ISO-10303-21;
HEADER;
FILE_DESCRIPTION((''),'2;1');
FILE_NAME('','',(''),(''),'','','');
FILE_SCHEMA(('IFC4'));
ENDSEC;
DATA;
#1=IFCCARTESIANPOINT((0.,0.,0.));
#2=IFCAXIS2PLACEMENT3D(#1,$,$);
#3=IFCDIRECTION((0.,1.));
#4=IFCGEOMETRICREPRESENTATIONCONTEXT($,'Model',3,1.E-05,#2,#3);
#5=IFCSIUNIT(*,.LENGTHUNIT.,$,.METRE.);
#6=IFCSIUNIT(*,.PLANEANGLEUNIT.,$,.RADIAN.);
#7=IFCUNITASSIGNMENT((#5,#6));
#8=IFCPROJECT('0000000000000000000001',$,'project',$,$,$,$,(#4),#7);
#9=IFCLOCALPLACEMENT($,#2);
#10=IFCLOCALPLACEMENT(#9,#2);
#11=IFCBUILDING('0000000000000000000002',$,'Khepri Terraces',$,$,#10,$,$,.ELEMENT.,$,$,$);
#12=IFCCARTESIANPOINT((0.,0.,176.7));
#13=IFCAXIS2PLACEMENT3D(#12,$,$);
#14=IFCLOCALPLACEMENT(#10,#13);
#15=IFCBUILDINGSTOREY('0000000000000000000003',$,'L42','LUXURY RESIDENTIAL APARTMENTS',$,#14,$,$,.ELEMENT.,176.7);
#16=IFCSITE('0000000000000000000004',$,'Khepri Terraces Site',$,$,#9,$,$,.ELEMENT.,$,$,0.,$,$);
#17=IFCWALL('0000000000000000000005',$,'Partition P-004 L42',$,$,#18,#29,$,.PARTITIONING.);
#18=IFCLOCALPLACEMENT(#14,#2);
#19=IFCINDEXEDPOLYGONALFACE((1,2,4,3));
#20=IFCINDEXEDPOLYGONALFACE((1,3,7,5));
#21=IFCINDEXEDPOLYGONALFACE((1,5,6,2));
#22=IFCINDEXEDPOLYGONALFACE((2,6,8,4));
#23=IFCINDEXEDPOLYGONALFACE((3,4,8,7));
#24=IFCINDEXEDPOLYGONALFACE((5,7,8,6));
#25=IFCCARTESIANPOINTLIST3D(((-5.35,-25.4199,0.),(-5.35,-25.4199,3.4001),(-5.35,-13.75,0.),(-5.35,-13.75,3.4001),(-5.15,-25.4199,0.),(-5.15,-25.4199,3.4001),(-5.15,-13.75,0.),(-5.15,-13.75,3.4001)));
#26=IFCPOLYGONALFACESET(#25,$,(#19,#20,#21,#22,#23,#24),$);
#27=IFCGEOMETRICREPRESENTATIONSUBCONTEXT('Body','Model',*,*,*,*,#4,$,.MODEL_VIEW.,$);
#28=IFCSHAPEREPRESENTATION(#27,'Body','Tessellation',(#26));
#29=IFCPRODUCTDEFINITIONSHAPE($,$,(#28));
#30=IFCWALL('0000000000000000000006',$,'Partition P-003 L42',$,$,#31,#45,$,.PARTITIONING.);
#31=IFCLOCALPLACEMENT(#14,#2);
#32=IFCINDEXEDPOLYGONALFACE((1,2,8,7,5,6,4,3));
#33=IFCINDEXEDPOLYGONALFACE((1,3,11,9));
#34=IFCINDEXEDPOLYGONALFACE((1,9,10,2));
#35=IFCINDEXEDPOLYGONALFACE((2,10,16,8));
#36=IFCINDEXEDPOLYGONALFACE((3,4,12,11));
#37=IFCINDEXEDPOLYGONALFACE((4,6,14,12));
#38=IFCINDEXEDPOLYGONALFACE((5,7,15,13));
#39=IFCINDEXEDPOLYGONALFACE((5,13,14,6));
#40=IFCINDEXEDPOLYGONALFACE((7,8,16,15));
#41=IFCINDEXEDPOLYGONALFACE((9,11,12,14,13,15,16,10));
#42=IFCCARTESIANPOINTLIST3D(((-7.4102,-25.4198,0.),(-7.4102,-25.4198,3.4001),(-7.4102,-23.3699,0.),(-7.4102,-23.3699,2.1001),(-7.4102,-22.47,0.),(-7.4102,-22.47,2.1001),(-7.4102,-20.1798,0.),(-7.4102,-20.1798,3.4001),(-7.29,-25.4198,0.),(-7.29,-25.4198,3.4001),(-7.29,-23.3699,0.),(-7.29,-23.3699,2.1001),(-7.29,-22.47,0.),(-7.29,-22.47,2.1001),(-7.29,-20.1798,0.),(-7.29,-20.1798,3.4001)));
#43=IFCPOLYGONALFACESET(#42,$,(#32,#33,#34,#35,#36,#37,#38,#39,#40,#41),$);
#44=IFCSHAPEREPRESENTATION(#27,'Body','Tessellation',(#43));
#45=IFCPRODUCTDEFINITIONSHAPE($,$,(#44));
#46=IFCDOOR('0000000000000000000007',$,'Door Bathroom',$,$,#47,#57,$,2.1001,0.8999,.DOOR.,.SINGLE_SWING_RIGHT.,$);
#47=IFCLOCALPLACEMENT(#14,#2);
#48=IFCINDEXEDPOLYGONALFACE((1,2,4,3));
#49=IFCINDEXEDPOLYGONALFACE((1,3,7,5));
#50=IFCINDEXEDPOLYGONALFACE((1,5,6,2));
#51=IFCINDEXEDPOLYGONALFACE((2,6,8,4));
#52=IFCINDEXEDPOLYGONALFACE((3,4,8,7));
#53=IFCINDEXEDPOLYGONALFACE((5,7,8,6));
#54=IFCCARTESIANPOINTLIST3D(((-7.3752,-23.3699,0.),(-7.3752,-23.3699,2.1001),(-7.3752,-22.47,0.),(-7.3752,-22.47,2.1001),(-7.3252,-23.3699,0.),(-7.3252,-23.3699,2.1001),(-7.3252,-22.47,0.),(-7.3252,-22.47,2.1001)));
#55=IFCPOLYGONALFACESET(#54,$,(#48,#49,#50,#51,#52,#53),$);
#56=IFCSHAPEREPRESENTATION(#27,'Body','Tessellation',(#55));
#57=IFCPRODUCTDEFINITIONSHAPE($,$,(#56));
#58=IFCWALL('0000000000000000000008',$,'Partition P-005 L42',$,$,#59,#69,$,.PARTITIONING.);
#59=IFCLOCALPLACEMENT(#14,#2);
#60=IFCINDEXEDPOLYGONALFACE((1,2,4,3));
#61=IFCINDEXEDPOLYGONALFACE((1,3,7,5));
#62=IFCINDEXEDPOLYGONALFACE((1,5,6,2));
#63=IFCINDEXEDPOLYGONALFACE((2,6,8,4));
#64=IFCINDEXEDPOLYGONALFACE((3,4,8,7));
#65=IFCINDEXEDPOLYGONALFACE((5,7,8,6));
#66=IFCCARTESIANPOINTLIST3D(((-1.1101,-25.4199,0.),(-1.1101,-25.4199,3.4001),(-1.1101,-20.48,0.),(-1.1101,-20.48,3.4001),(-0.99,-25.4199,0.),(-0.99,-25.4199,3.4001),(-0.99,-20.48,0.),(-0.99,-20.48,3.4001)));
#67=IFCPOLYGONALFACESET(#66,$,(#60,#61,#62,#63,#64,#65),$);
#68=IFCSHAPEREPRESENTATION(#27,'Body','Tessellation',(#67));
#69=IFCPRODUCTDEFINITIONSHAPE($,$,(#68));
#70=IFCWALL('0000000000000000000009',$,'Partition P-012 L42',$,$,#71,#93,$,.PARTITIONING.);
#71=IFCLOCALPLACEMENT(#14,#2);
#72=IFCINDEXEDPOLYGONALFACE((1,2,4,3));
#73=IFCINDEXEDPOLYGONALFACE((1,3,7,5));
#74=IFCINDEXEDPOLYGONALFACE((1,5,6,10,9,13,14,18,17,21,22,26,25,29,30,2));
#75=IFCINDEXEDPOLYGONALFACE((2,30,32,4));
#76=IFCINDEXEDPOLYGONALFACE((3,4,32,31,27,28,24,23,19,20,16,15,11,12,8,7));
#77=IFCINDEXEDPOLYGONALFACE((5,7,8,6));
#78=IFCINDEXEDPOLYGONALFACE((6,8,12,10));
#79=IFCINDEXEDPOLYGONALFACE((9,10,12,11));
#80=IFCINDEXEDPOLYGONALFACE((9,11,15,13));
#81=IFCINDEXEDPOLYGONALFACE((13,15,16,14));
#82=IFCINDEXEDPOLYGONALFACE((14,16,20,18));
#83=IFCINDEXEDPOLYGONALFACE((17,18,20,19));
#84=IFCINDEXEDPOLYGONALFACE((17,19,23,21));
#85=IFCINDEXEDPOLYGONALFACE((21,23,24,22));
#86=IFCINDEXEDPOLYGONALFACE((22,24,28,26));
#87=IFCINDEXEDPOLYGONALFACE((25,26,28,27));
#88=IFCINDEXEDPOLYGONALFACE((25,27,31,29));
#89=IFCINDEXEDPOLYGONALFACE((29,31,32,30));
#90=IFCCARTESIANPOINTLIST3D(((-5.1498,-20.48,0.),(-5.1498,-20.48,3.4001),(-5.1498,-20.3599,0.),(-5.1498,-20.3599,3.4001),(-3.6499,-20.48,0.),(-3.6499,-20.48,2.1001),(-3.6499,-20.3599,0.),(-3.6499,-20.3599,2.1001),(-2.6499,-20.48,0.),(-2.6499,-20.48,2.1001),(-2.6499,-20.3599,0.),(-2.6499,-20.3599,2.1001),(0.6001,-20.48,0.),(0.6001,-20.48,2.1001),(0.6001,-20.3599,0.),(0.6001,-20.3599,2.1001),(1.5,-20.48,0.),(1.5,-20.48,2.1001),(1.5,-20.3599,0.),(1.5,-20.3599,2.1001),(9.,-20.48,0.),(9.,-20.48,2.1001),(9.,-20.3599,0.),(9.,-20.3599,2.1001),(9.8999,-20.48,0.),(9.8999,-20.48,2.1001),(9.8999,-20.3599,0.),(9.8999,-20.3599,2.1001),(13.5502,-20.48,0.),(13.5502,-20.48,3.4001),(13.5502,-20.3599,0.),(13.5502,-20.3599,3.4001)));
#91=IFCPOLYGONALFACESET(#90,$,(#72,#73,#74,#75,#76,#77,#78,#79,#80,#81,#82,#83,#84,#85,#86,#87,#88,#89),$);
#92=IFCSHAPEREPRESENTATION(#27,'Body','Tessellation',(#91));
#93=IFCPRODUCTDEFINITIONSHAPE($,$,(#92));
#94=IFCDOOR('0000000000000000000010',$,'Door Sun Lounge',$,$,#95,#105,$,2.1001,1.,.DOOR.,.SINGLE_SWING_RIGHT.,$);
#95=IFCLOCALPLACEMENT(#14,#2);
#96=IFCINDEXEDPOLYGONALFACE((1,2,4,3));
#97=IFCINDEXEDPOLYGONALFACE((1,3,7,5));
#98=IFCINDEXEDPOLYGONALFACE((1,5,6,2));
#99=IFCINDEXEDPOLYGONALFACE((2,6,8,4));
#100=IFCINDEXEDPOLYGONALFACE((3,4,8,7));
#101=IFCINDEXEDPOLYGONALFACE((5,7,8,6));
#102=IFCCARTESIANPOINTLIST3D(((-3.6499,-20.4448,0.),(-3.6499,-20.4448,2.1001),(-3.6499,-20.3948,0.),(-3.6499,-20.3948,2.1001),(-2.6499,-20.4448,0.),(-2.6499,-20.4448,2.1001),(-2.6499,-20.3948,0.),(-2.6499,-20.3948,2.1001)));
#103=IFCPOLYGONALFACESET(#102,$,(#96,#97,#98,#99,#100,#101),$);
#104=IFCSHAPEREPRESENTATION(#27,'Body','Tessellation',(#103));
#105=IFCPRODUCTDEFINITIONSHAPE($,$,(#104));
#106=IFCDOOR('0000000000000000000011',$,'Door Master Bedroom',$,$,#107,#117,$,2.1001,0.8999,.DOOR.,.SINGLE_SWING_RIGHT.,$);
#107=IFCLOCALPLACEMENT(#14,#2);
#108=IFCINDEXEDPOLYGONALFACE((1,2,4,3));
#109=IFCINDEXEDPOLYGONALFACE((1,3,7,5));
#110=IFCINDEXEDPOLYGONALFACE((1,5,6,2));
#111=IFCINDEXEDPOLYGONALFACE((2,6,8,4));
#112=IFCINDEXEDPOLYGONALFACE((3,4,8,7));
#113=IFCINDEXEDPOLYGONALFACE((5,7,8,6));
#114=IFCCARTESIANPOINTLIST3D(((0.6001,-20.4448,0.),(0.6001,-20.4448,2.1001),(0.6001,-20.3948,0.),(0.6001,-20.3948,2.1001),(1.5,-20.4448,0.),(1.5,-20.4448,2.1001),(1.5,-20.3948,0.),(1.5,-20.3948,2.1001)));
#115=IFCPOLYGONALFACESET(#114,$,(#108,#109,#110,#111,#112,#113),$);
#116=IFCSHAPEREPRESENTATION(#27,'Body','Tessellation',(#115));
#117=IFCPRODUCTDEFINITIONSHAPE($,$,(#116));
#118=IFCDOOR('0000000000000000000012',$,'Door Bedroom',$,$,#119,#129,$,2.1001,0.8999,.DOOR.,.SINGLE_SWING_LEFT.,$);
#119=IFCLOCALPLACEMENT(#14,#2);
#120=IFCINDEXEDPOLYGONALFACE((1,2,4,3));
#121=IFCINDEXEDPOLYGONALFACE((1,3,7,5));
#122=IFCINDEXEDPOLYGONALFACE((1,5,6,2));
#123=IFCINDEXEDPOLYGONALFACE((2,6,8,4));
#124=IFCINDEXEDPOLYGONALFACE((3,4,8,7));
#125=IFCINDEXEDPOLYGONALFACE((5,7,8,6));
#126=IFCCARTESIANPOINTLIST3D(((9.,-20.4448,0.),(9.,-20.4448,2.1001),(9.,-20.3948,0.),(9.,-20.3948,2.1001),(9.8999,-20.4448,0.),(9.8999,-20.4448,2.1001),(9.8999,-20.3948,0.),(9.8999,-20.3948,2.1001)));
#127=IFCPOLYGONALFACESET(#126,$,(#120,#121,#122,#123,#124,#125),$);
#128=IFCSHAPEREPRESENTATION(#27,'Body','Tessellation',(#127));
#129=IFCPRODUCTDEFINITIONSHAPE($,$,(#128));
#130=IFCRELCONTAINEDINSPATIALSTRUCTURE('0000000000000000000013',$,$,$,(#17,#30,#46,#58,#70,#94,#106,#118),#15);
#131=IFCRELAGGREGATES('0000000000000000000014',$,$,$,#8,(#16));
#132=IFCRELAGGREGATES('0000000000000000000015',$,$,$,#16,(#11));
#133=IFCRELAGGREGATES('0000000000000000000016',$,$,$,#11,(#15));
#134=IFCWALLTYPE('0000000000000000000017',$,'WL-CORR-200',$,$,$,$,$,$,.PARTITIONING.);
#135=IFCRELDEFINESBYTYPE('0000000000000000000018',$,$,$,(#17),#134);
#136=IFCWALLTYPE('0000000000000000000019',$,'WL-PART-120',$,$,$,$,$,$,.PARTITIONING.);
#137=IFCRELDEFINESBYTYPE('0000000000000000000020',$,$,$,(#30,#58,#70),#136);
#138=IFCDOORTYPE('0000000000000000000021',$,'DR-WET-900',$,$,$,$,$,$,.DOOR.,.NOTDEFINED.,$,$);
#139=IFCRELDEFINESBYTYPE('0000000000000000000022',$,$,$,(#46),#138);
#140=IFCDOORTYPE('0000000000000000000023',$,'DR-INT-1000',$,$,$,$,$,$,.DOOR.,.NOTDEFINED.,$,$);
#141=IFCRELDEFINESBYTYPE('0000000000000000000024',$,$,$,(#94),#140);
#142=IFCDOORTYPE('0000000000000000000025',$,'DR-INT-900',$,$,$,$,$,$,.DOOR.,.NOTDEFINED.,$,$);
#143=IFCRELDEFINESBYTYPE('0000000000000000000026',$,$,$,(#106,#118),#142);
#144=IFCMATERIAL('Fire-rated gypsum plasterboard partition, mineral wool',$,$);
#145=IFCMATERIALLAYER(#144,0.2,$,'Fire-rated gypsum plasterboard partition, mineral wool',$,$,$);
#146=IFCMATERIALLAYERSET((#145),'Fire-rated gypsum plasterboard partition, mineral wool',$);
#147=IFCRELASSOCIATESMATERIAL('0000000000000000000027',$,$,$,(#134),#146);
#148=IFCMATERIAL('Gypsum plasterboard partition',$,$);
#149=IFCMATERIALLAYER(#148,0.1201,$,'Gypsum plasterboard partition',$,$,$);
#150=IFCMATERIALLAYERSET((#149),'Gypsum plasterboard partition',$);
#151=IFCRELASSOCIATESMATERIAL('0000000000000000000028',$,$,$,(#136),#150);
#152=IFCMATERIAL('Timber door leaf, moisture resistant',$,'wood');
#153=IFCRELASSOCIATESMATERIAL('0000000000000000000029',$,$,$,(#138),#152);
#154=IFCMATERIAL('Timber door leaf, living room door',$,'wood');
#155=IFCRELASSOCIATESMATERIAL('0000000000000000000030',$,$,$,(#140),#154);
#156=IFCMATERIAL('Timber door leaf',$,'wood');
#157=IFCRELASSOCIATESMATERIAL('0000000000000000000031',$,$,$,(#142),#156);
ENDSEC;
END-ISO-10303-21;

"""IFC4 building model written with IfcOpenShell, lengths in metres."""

from ifc_helpers import new_model, si_unit, direction, frame, frame_2d, origin, place, context, subcontext, project, spatial, rectangle, extrude, material, layer, layer_set, type_object, element, fill, save


model = new_model("IFC4")

# Units and contexts
model_context = context("Model", 3, precision=1e-05, world=origin(), true_north=direction((0.0, 1.0)))
body_context = subcontext(model_context, "Body", "Model", "MODEL_VIEW")
ifc_project = project(units=[si_unit("LENGTHUNIT", "METRE"), si_unit("PLANEANGLEUNIT", "RADIAN")], contexts=[model_context])

# Site, building, storey
site_placement = place(None, origin())
site = spatial("IfcSite", under=ifc_project, at=site_placement, Name="Khepri Terraces Site", CompositionType="ELEMENT", RefElevation=0.0)
building_placement = place(site_placement, origin())
building = spatial("IfcBuilding", under=site, at=building_placement, Name="Khepri Terraces", CompositionType="ELEMENT")
storey_placement = place(building_placement, frame((0.0, 0.0, 176.7)))
storey = spatial("IfcBuildingStorey", under=building, at=storey_placement, Name="L42", Description="LUXURY RESIDENTIAL APARTMENTS", CompositionType="ELEMENT", Elevation=176.7)

# Wall
ifc_material_1 = material(Name="Fire-rated gypsum plasterboard partition, mineral wool")
ifc_layer_1 = layer(ifc_material_1, 0.2, Name="Fire-rated gypsum plasterboard partition, mineral wool")
ifc_layer_set_1 = layer_set([ifc_layer_1], Name="Fire-rated gypsum plasterboard partition, mineral wool")
wall_type_1 = type_object("IfcWallType", Name="WL-CORR-200", PredefinedType="PARTITIONING", material=ifc_layer_set_1)
wall_1_placement = place(storey_placement, frame((-5.25, -25.4199, 0.0), z_axis=(0.0, 0.0, 1.0), x_axis=(0.0, 1.0, 0.0)))
element("IfcWall", 1, at=wall_1_placement, inside=storey, type_object=wall_type_1, Name="Partition P-004 L42", PredefinedType="PARTITIONING", context=body_context, shape_type="SweptSolid", body=[
    extrude(rectangle(XDim=11.6699, YDim=0.2, at=frame_2d((5.835, 0.0))), origin(), (0.0, 0.0, 1.0), 3.4001),
])

# Wall, opening, door
ifc_material_2 = material(Name="Gypsum plasterboard partition")
ifc_layer_2 = layer(ifc_material_2, 0.1201, Name="Gypsum plasterboard partition")
ifc_layer_set_2 = layer_set([ifc_layer_2], Name="Gypsum plasterboard partition")
wall_type_2 = type_object("IfcWallType", Name="WL-PART-120", PredefinedType="PARTITIONING", material=ifc_layer_set_2)
wall_2_placement = place(storey_placement, frame((-7.3501, -25.4199, 0.0), z_axis=(0.0, 0.0, 1.0), x_axis=(0.0, 1.0, 0.0)))
wall_2 = element("IfcWall", 2, at=wall_2_placement, inside=storey, type_object=wall_type_2, Name="Partition P-003 L42", PredefinedType="PARTITIONING", context=body_context, shape_type="SweptSolid", body=[
    extrude(rectangle(XDim=5.24, YDim=0.1201, at=frame_2d((2.6201, 0.0))), origin(), (0.0, 0.0, 1.0), 3.4001),
])
opening_1_placement = place(wall_2_placement, frame((2.05, 0.0, 0.0)))
opening_1 = element("IfcOpeningElement", 3, at=opening_1_placement, cuts=wall_2, PredefinedType="OPENING", context=body_context, shape_type="SweptSolid", body=[
    extrude(rectangle(XDim=0.8999, YDim=2.1001, at=frame_2d((0.45, 1.05))), frame((0.0, 0.0701, 0.0), z_axis=(0.0, -1.0, 0.0), x_axis=(1.0, 0.0, 0.0)), (0.0, 0.0, 1.0), 0.1401),
])
ifc_material_3 = material(Name="Timber door leaf, moisture resistant", Category="wood")
door_type_1 = type_object("IfcDoorType", Name="DR-WET-900", OperationType="NOTDEFINED", PredefinedType="DOOR", material=ifc_material_3)
door_1_placement = place(opening_1_placement, frame((0.8999, 0.0, 0.0), z_axis=(0.0, 0.0, 1.0), x_axis=(-1.0, 0.0, 0.0)))
door_1 = element("IfcDoor", 4, at=door_1_placement, inside=storey, type_object=door_type_1, Name="Door Bathroom", OperationType="SINGLE_SWING_RIGHT", OverallHeight=2.1001, OverallWidth=0.8999, PredefinedType="DOOR", context=body_context, shape_type="SweptSolid", body=[
    extrude(rectangle(XDim=0.8999, YDim=2.1001, at=frame_2d((0.45, 1.05))), frame((0.0, 0.0249, 0.0), z_axis=(0.0, -1.0, 0.0), x_axis=(1.0, 0.0, 0.0)), (0.0, 0.0, 1.0), 0.05),
])
fill(opening_1, door_1)

# Wall
wall_3_placement = place(storey_placement, frame((-1.05, -25.4199, 0.0), z_axis=(0.0, 0.0, 1.0), x_axis=(0.0, 1.0, 0.0)))
element("IfcWall", 5, at=wall_3_placement, inside=storey, type_object=wall_type_2, Name="Partition P-005 L42", PredefinedType="PARTITIONING", context=body_context, shape_type="SweptSolid", body=[
    extrude(rectangle(XDim=4.9399, YDim=0.1201, at=frame_2d((2.47, 0.0))), origin(), (0.0, 0.0, 1.0), 3.4001),
])

# Wall, openings, doors
wall_4_placement = place(storey_placement, frame((-5.1499, -20.4199, 0.0), z_axis=(0.0, 0.0, 1.0), x_axis=(1.0, 0.0, 0.0)))
wall_4 = element("IfcWall", 6, at=wall_4_placement, inside=storey, type_object=wall_type_2, Name="Partition P-012 L42", PredefinedType="PARTITIONING", context=body_context, shape_type="SweptSolid", body=[
    extrude(rectangle(XDim=18.7, YDim=0.1201, at=frame_2d((9.3501, 0.0))), origin(), (0.0, 0.0, 1.0), 3.4001),
])
opening_2_placement = place(wall_4_placement, frame((1.5, 0.0, 0.0)))
opening_2 = element("IfcOpeningElement", 7, at=opening_2_placement, cuts=wall_4, PredefinedType="OPENING", context=body_context, shape_type="SweptSolid", body=[
    extrude(rectangle(XDim=1.0, YDim=2.1001, at=frame_2d((0.5, 1.05))), frame((0.0, 0.0701, 0.0), z_axis=(0.0, -1.0, 0.0), x_axis=(1.0, 0.0, 0.0)), (0.0, 0.0, 1.0), 0.1401),
])
opening_3_placement = place(wall_4_placement, frame((5.75, 0.0, 0.0)))
opening_3 = element("IfcOpeningElement", 8, at=opening_3_placement, cuts=wall_4, PredefinedType="OPENING", context=body_context, shape_type="SweptSolid", body=[
    extrude(rectangle(XDim=0.8999, YDim=2.1001, at=frame_2d((0.45, 1.05))), frame((0.0, 0.0701, 0.0), z_axis=(0.0, -1.0, 0.0), x_axis=(1.0, 0.0, 0.0)), (0.0, 0.0, 1.0), 0.1401),
])
opening_4_placement = place(wall_4_placement, frame((14.1499, 0.0, 0.0)))
opening_4 = element("IfcOpeningElement", 9, at=opening_4_placement, cuts=wall_4, PredefinedType="OPENING", context=body_context, shape_type="SweptSolid", body=[
    extrude(rectangle(XDim=0.8999, YDim=2.1001, at=frame_2d((0.45, 1.05))), frame((0.0, 0.0701, 0.0), z_axis=(0.0, -1.0, 0.0), x_axis=(1.0, 0.0, 0.0)), (0.0, 0.0, 1.0), 0.1401),
])
ifc_material_4 = material(Name="Timber door leaf, living room door", Category="wood")
door_type_2 = type_object("IfcDoorType", Name="DR-INT-1000", OperationType="NOTDEFINED", PredefinedType="DOOR", material=ifc_material_4)
door_2_placement = place(opening_2_placement, frame((1.0, 0.0, 0.0), z_axis=(0.0, 0.0, 1.0), x_axis=(-1.0, 0.0, 0.0)))
door_2 = element("IfcDoor", 10, at=door_2_placement, inside=storey, type_object=door_type_2, Name="Door Sun Lounge", OperationType="SINGLE_SWING_RIGHT", OverallHeight=2.1001, OverallWidth=1.0, PredefinedType="DOOR", context=body_context, shape_type="SweptSolid", body=[
    extrude(rectangle(XDim=1.0, YDim=2.1001, at=frame_2d((0.5, 1.05))), frame((0.0, 0.0249, 0.0), z_axis=(0.0, -1.0, 0.0), x_axis=(1.0, 0.0, 0.0)), (0.0, 0.0, 1.0), 0.05),
])
fill(opening_2, door_2)
ifc_material_5 = material(Name="Timber door leaf", Category="wood")
door_type_3 = type_object("IfcDoorType", Name="DR-INT-900", OperationType="NOTDEFINED", PredefinedType="DOOR", material=ifc_material_5)
door_3_placement = place(opening_3_placement, frame((0.8999, 0.0, 0.0), z_axis=(0.0, 0.0, 1.0), x_axis=(-1.0, 0.0, 0.0)))
door_3 = element("IfcDoor", 11, at=door_3_placement, inside=storey, type_object=door_type_3, Name="Door Master Bedroom", OperationType="SINGLE_SWING_RIGHT", OverallHeight=2.1001, OverallWidth=0.8999, PredefinedType="DOOR", context=body_context, shape_type="SweptSolid", body=[
    extrude(rectangle(XDim=0.8999, YDim=2.1001, at=frame_2d((0.45, 1.05))), frame((0.0, 0.0249, 0.0), z_axis=(0.0, -1.0, 0.0), x_axis=(1.0, 0.0, 0.0)), (0.0, 0.0, 1.0), 0.05),
])
fill(opening_3, door_3)
door_4_placement = place(opening_4_placement, frame((0.8999, 0.0, 0.0), z_axis=(0.0, 0.0, 1.0), x_axis=(-1.0, 0.0, 0.0)))
door_4 = element("IfcDoor", 12, at=door_4_placement, inside=storey, type_object=door_type_3, Name="Door Bedroom", OperationType="SINGLE_SWING_LEFT", OverallHeight=2.1001, OverallWidth=0.8999, PredefinedType="DOOR", context=body_context, shape_type="SweptSolid", body=[
    extrude(rectangle(XDim=0.8999, YDim=2.1001, at=frame_2d((0.45, 1.05))), frame((0.0, 0.0249, 0.0), z_axis=(0.0, -1.0, 0.0), x_axis=(1.0, 0.0, 0.0)), (0.0, 0.0, 1.0), 0.05),
])
fill(opening_4, door_4)

save(model, "model.ifc")
